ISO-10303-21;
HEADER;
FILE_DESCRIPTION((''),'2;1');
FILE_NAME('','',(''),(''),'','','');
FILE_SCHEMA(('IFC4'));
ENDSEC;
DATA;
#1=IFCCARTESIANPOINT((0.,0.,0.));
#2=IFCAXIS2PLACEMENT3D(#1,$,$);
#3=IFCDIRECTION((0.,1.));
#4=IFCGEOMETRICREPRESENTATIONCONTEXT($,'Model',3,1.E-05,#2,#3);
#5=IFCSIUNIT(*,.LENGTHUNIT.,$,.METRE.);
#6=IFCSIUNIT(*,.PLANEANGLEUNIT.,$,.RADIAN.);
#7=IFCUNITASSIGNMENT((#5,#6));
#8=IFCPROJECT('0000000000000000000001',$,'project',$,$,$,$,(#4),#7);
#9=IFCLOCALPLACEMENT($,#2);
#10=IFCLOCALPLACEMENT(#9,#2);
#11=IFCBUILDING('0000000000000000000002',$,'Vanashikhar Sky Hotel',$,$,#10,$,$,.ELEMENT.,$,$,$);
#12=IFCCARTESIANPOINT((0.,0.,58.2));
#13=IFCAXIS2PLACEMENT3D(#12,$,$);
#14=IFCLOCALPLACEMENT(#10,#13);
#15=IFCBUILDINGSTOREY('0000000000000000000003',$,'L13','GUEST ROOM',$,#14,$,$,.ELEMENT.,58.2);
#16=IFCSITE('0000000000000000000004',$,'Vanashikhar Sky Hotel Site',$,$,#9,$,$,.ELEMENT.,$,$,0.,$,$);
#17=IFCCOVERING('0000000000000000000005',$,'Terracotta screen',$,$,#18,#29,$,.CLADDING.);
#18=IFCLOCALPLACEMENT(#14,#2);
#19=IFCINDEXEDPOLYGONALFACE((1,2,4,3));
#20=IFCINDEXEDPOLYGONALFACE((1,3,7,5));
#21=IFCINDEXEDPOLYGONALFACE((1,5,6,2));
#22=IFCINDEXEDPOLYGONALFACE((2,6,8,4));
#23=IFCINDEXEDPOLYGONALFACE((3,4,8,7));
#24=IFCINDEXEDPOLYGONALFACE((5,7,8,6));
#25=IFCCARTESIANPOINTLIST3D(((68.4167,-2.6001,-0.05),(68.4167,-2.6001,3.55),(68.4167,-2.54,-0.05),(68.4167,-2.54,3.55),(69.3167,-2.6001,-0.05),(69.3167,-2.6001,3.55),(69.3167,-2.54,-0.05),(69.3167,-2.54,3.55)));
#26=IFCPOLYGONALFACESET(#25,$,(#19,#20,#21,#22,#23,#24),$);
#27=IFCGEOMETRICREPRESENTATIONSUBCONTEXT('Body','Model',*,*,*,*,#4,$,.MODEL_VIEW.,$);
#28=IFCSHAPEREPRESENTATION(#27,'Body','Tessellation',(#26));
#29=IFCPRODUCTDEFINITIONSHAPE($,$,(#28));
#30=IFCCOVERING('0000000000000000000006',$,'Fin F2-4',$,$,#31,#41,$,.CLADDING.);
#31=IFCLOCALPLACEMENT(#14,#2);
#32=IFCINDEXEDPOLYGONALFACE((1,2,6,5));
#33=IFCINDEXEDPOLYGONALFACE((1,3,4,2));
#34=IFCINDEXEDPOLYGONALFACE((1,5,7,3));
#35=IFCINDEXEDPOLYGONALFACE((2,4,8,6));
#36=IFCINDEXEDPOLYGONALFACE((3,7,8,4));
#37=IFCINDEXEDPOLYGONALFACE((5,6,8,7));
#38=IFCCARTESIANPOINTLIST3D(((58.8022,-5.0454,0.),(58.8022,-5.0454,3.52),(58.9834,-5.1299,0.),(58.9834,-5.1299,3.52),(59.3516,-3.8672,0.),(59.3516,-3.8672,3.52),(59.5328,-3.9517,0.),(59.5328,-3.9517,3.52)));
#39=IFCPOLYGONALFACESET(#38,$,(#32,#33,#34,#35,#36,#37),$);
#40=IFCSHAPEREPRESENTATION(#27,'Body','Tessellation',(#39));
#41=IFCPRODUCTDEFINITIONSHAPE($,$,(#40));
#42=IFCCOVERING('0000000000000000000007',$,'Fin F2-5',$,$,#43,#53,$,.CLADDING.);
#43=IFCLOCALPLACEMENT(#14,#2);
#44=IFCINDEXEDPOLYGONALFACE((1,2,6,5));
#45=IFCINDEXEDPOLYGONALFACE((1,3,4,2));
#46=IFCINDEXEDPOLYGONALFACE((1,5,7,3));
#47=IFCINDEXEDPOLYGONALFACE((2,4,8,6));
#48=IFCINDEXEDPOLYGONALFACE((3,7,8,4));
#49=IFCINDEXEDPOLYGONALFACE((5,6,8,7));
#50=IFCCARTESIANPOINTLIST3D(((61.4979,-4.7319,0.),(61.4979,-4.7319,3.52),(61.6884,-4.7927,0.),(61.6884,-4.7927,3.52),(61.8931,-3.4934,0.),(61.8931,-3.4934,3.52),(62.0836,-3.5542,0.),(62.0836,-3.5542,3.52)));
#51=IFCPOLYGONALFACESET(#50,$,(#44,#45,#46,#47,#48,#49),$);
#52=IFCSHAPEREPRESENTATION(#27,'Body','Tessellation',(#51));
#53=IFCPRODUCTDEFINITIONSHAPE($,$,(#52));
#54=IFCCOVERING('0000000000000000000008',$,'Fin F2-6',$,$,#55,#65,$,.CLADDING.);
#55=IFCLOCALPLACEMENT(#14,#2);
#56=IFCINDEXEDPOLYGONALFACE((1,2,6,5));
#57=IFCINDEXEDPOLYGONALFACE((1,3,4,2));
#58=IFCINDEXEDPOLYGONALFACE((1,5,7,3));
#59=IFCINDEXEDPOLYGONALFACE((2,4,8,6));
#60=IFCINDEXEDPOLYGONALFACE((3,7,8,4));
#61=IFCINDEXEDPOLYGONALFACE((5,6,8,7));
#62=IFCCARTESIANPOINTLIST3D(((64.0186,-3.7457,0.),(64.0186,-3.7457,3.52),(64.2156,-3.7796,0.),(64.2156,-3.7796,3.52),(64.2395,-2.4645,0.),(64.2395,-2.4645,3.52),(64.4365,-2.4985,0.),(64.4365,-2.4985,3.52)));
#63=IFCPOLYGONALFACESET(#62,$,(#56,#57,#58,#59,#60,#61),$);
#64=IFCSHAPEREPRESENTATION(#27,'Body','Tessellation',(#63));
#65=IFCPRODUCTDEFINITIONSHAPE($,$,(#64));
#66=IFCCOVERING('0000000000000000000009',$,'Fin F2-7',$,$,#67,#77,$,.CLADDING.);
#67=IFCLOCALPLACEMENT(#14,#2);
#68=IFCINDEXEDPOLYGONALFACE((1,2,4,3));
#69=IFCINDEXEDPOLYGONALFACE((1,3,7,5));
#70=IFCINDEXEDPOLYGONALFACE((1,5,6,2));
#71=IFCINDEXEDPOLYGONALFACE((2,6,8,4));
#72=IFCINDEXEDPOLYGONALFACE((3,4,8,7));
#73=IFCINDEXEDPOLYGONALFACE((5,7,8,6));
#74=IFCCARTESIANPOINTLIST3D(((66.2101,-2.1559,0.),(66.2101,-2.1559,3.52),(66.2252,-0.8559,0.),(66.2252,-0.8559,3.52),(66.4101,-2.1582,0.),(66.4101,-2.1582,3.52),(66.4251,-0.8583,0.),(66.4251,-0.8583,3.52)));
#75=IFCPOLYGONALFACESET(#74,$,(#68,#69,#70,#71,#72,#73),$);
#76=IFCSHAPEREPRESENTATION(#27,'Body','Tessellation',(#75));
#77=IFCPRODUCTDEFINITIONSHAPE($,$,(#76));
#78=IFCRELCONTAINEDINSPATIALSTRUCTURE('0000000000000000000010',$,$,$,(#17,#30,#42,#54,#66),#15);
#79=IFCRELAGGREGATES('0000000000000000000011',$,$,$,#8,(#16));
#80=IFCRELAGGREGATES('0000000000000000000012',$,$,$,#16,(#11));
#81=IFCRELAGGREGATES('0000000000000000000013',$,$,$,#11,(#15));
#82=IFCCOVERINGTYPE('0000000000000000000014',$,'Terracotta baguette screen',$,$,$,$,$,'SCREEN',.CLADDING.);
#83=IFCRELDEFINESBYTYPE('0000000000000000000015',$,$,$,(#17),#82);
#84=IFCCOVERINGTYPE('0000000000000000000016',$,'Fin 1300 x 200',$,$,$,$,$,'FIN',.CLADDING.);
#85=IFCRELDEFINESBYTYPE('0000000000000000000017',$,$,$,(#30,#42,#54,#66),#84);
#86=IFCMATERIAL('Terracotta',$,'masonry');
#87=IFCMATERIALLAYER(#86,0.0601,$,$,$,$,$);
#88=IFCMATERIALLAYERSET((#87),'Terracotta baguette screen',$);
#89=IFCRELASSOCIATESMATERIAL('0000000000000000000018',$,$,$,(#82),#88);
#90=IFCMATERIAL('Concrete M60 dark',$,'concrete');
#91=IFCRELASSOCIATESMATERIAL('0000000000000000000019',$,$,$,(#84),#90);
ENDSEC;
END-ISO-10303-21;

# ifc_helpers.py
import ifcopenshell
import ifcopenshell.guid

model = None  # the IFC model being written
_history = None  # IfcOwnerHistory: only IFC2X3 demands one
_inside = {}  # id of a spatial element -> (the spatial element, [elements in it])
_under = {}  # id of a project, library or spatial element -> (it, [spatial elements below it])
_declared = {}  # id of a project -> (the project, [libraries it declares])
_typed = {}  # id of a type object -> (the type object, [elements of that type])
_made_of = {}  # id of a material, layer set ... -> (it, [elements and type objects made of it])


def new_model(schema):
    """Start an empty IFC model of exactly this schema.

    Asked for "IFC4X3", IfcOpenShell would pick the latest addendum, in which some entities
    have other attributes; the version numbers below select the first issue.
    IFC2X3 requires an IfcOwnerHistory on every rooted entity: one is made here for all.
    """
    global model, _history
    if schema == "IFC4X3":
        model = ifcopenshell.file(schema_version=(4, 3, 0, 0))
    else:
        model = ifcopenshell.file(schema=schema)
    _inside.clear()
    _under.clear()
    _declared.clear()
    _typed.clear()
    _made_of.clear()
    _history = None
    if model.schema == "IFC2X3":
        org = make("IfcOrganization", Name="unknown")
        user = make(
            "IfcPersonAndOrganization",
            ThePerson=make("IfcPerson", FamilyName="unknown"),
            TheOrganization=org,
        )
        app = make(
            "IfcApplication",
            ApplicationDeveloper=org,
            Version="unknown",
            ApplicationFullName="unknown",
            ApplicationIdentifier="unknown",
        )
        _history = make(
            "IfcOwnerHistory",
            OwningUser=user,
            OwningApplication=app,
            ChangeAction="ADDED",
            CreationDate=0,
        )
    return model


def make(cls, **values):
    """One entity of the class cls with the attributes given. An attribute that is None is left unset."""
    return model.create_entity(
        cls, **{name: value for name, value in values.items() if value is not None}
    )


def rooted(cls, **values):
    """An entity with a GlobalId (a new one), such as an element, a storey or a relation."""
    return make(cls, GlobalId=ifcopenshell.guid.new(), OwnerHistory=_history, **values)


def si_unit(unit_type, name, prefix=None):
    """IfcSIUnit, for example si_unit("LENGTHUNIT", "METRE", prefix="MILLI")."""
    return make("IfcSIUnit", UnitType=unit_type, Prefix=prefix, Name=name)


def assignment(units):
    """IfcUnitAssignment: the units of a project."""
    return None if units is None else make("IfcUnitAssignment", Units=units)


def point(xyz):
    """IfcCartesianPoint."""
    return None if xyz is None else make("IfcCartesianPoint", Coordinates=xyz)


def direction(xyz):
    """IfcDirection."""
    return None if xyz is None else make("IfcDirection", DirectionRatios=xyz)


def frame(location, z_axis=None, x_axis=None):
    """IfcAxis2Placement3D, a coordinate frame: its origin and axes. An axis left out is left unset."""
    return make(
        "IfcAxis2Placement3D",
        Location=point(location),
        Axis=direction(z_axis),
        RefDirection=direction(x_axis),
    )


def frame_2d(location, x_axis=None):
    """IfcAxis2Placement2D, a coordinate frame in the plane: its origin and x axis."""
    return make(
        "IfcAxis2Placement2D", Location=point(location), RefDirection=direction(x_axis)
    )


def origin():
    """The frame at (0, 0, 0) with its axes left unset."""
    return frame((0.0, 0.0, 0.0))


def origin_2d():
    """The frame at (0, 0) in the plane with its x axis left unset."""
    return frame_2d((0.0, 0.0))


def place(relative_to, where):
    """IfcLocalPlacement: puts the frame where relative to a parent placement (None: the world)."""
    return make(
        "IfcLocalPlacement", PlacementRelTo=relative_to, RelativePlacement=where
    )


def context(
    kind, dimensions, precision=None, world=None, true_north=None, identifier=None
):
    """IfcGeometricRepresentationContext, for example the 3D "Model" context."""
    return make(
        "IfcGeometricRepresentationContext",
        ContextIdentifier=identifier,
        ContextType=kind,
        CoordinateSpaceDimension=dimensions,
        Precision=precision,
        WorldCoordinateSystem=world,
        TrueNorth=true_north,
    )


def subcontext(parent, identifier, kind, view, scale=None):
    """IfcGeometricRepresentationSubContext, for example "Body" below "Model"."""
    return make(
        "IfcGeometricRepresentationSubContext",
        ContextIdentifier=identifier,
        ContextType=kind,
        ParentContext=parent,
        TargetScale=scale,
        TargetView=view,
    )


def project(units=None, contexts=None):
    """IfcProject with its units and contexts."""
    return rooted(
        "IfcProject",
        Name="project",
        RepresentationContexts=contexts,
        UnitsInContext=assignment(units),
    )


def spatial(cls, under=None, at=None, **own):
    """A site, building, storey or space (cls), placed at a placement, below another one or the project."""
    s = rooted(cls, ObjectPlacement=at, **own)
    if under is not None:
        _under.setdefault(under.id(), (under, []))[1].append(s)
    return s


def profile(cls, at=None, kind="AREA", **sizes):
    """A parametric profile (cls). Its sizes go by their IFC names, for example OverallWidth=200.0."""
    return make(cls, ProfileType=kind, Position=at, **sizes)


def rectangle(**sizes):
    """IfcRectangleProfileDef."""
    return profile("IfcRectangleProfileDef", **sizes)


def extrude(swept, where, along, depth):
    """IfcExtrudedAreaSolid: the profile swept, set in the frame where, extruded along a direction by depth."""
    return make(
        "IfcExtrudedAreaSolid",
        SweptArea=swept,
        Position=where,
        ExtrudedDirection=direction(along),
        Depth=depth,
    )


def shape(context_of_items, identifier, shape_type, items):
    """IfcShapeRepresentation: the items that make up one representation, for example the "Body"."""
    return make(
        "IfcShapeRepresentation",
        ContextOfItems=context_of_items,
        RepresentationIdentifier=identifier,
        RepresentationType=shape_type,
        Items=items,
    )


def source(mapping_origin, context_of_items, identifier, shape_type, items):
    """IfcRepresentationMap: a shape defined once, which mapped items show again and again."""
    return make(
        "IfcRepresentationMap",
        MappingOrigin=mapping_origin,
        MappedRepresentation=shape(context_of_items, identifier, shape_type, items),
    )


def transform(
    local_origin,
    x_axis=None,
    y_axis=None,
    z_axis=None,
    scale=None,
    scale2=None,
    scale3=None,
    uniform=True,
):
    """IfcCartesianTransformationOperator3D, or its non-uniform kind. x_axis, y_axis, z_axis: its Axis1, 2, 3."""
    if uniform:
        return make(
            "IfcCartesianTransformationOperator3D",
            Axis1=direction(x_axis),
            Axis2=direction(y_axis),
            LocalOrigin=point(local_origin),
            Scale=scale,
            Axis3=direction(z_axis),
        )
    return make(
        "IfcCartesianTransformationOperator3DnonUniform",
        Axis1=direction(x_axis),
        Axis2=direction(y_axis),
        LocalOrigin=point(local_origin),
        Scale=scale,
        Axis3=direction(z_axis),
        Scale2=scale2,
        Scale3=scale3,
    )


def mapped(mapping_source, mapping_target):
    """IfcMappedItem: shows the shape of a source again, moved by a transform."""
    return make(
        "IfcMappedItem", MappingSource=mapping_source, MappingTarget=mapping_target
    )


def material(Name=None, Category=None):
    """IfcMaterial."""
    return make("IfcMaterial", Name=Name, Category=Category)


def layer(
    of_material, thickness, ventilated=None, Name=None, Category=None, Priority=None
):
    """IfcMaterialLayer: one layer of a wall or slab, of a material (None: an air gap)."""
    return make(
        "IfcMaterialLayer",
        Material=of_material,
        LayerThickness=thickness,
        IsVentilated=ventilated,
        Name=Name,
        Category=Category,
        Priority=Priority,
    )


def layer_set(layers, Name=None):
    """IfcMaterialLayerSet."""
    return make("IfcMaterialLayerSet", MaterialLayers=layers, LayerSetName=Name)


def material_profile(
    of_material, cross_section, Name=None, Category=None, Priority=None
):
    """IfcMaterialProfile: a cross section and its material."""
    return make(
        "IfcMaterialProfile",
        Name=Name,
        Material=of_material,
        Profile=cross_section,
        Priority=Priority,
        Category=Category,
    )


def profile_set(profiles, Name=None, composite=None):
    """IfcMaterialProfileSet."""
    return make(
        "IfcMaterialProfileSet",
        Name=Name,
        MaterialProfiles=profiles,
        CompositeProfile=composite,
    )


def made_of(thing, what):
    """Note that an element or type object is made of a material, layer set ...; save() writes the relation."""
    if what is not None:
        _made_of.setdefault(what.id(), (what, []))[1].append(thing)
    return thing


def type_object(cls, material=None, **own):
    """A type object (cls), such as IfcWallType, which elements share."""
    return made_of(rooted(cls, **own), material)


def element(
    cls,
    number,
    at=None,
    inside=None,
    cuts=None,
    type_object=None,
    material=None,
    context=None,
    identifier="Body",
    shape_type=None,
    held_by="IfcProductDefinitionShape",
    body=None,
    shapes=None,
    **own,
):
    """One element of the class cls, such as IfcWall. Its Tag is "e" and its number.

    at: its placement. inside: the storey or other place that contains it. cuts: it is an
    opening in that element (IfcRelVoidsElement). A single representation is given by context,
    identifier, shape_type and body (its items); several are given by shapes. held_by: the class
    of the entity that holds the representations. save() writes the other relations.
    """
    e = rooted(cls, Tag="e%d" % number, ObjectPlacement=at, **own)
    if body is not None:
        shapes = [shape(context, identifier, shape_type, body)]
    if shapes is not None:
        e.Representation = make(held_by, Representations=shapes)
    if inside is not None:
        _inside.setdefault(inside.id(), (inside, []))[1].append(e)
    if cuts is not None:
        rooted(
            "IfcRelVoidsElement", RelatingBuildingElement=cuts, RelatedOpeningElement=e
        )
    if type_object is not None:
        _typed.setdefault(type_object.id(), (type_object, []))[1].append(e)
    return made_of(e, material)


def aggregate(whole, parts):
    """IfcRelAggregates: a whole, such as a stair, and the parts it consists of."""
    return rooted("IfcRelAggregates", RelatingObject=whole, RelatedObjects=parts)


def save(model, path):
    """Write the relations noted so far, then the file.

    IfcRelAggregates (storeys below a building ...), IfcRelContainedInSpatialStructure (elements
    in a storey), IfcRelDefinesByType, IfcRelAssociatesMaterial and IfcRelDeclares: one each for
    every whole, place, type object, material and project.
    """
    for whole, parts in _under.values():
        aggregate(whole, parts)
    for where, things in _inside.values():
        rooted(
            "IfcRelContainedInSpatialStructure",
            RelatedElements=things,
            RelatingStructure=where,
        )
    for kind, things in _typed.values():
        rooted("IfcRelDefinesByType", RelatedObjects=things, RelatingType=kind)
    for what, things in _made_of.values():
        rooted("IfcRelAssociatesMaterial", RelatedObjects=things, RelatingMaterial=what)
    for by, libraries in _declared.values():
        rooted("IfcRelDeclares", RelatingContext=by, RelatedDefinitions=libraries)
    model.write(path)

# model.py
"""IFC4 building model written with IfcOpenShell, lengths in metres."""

from ifc_helpers import new_model, si_unit, direction, frame, origin, origin_2d, place, context, subcontext, project, spatial, rectangle, extrude, source, transform, mapped, material, layer, layer_set, material_profile, profile_set, type_object, element, save


model = new_model("IFC4")

# Units and contexts
model_context = context("Model", 3, precision=1e-05, world=origin(), true_north=direction((0.0, 1.0)))
body_context = subcontext(model_context, "Body", "Model", "MODEL_VIEW")
ifc_project = project(units=[si_unit("LENGTHUNIT", "METRE"), si_unit("PLANEANGLEUNIT", "RADIAN")], contexts=[model_context])

# Site, building, storey
site_placement = place(None, origin())
site = spatial("IfcSite", under=ifc_project, at=site_placement, Name="Vanashikhar Sky Hotel Site", CompositionType="ELEMENT", RefElevation=0.0)
building_placement = place(site_placement, origin())
building = spatial("IfcBuilding", under=site, at=building_placement, Name="Vanashikhar Sky Hotel", CompositionType="ELEMENT")
storey_placement = place(building_placement, frame((0.0, 0.0, 58.2)))
storey = spatial("IfcBuildingStorey", under=building, at=storey_placement, Name="L13", Description="GUEST ROOM", CompositionType="ELEMENT", Elevation=58.2)

# Coverings
ifc_material_1 = material(Name="Terracotta", Category="masonry")
ifc_layer_1 = layer(ifc_material_1, 0.0601)
ifc_layer_set_1 = layer_set([ifc_layer_1], Name="Terracotta baguette screen")
covering_type_1 = type_object("IfcCoveringType", Name="Terracotta baguette screen", ElementType="SCREEN", PredefinedType="CLADDING", material=ifc_layer_set_1)
shared_shape_1 = source(origin(), body_context, "Body", "SweptSolid", [
    extrude(rectangle(XDim=0.8999, YDim=0.0601, at=origin_2d()), origin(), (0.0, 0.0, 1.0), 3.6001),
])
covering_placement = place(storey_placement, frame((68.8667, -2.5701, -0.05), z_axis=(0.0, 0.0, 1.0), x_axis=(1.0, 0.0, 0.0)))
element("IfcCovering", 1, at=covering_placement, inside=storey, type_object=covering_type_1, Name="Terracotta screen", PredefinedType="CLADDING", context=body_context, shape_type="MappedRepresentation", body=[
    mapped(shared_shape_1, transform((0.0, 0.0, 0.0), scale=1.0)),
])
ifc_material_2 = material(Name="Concrete M60 dark", Category="concrete")
ifc_material_profile = material_profile(ifc_material_2, rectangle(XDim=1.3, YDim=0.2, at=origin_2d()))
ifc_profile_set = profile_set([ifc_material_profile], Name="Fin 1300 x 200")
covering_type_2 = type_object("IfcCoveringType", Name="Fin 1300 x 200", ElementType="FIN", PredefinedType="CLADDING", material=ifc_profile_set)
shared_shape_2 = source(origin(), body_context, "Body", "SweptSolid", [
    extrude(rectangle(XDim=1.3, YDim=0.2, at=origin_2d()), origin(), (0.0, 0.0, 1.0), 3.52),
])
for number, where, z_axis, x_axis, name in (
    (2, (59.1675, -4.4985, 0.0), (0.0, 0.0, 1.0), (-0.422618, -0.906308, 0.0), "Fin F2-4"),
    (3, (61.7908, -4.1431, 0.0), (0.0, 0.0, 1.0), (-0.303967, -0.952683, 0.0), "Fin F2-5"),
    (4, (64.2275, -3.1221, 0.0), (0.0, 0.0, 1.0), (-0.1699, -0.985461, 0.0), "Fin F2-6"),
    (5, (66.3176, -1.5071, 0.0), (0.0, 0.0, 1.0), (-0.011589, -0.999933, 0.0), "Fin F2-7"),
):
    element("IfcCovering", number, at=place(storey_placement, frame(where, z_axis=z_axis, x_axis=x_axis)), inside=storey, type_object=covering_type_2, Name=name, PredefinedType="CLADDING", context=body_context, shape_type="MappedRepresentation", body=[
        mapped(shared_shape_2, transform((0.0, 0.0, 0.0), scale=1.0)),
    ])

save(model, "model.ifc")
